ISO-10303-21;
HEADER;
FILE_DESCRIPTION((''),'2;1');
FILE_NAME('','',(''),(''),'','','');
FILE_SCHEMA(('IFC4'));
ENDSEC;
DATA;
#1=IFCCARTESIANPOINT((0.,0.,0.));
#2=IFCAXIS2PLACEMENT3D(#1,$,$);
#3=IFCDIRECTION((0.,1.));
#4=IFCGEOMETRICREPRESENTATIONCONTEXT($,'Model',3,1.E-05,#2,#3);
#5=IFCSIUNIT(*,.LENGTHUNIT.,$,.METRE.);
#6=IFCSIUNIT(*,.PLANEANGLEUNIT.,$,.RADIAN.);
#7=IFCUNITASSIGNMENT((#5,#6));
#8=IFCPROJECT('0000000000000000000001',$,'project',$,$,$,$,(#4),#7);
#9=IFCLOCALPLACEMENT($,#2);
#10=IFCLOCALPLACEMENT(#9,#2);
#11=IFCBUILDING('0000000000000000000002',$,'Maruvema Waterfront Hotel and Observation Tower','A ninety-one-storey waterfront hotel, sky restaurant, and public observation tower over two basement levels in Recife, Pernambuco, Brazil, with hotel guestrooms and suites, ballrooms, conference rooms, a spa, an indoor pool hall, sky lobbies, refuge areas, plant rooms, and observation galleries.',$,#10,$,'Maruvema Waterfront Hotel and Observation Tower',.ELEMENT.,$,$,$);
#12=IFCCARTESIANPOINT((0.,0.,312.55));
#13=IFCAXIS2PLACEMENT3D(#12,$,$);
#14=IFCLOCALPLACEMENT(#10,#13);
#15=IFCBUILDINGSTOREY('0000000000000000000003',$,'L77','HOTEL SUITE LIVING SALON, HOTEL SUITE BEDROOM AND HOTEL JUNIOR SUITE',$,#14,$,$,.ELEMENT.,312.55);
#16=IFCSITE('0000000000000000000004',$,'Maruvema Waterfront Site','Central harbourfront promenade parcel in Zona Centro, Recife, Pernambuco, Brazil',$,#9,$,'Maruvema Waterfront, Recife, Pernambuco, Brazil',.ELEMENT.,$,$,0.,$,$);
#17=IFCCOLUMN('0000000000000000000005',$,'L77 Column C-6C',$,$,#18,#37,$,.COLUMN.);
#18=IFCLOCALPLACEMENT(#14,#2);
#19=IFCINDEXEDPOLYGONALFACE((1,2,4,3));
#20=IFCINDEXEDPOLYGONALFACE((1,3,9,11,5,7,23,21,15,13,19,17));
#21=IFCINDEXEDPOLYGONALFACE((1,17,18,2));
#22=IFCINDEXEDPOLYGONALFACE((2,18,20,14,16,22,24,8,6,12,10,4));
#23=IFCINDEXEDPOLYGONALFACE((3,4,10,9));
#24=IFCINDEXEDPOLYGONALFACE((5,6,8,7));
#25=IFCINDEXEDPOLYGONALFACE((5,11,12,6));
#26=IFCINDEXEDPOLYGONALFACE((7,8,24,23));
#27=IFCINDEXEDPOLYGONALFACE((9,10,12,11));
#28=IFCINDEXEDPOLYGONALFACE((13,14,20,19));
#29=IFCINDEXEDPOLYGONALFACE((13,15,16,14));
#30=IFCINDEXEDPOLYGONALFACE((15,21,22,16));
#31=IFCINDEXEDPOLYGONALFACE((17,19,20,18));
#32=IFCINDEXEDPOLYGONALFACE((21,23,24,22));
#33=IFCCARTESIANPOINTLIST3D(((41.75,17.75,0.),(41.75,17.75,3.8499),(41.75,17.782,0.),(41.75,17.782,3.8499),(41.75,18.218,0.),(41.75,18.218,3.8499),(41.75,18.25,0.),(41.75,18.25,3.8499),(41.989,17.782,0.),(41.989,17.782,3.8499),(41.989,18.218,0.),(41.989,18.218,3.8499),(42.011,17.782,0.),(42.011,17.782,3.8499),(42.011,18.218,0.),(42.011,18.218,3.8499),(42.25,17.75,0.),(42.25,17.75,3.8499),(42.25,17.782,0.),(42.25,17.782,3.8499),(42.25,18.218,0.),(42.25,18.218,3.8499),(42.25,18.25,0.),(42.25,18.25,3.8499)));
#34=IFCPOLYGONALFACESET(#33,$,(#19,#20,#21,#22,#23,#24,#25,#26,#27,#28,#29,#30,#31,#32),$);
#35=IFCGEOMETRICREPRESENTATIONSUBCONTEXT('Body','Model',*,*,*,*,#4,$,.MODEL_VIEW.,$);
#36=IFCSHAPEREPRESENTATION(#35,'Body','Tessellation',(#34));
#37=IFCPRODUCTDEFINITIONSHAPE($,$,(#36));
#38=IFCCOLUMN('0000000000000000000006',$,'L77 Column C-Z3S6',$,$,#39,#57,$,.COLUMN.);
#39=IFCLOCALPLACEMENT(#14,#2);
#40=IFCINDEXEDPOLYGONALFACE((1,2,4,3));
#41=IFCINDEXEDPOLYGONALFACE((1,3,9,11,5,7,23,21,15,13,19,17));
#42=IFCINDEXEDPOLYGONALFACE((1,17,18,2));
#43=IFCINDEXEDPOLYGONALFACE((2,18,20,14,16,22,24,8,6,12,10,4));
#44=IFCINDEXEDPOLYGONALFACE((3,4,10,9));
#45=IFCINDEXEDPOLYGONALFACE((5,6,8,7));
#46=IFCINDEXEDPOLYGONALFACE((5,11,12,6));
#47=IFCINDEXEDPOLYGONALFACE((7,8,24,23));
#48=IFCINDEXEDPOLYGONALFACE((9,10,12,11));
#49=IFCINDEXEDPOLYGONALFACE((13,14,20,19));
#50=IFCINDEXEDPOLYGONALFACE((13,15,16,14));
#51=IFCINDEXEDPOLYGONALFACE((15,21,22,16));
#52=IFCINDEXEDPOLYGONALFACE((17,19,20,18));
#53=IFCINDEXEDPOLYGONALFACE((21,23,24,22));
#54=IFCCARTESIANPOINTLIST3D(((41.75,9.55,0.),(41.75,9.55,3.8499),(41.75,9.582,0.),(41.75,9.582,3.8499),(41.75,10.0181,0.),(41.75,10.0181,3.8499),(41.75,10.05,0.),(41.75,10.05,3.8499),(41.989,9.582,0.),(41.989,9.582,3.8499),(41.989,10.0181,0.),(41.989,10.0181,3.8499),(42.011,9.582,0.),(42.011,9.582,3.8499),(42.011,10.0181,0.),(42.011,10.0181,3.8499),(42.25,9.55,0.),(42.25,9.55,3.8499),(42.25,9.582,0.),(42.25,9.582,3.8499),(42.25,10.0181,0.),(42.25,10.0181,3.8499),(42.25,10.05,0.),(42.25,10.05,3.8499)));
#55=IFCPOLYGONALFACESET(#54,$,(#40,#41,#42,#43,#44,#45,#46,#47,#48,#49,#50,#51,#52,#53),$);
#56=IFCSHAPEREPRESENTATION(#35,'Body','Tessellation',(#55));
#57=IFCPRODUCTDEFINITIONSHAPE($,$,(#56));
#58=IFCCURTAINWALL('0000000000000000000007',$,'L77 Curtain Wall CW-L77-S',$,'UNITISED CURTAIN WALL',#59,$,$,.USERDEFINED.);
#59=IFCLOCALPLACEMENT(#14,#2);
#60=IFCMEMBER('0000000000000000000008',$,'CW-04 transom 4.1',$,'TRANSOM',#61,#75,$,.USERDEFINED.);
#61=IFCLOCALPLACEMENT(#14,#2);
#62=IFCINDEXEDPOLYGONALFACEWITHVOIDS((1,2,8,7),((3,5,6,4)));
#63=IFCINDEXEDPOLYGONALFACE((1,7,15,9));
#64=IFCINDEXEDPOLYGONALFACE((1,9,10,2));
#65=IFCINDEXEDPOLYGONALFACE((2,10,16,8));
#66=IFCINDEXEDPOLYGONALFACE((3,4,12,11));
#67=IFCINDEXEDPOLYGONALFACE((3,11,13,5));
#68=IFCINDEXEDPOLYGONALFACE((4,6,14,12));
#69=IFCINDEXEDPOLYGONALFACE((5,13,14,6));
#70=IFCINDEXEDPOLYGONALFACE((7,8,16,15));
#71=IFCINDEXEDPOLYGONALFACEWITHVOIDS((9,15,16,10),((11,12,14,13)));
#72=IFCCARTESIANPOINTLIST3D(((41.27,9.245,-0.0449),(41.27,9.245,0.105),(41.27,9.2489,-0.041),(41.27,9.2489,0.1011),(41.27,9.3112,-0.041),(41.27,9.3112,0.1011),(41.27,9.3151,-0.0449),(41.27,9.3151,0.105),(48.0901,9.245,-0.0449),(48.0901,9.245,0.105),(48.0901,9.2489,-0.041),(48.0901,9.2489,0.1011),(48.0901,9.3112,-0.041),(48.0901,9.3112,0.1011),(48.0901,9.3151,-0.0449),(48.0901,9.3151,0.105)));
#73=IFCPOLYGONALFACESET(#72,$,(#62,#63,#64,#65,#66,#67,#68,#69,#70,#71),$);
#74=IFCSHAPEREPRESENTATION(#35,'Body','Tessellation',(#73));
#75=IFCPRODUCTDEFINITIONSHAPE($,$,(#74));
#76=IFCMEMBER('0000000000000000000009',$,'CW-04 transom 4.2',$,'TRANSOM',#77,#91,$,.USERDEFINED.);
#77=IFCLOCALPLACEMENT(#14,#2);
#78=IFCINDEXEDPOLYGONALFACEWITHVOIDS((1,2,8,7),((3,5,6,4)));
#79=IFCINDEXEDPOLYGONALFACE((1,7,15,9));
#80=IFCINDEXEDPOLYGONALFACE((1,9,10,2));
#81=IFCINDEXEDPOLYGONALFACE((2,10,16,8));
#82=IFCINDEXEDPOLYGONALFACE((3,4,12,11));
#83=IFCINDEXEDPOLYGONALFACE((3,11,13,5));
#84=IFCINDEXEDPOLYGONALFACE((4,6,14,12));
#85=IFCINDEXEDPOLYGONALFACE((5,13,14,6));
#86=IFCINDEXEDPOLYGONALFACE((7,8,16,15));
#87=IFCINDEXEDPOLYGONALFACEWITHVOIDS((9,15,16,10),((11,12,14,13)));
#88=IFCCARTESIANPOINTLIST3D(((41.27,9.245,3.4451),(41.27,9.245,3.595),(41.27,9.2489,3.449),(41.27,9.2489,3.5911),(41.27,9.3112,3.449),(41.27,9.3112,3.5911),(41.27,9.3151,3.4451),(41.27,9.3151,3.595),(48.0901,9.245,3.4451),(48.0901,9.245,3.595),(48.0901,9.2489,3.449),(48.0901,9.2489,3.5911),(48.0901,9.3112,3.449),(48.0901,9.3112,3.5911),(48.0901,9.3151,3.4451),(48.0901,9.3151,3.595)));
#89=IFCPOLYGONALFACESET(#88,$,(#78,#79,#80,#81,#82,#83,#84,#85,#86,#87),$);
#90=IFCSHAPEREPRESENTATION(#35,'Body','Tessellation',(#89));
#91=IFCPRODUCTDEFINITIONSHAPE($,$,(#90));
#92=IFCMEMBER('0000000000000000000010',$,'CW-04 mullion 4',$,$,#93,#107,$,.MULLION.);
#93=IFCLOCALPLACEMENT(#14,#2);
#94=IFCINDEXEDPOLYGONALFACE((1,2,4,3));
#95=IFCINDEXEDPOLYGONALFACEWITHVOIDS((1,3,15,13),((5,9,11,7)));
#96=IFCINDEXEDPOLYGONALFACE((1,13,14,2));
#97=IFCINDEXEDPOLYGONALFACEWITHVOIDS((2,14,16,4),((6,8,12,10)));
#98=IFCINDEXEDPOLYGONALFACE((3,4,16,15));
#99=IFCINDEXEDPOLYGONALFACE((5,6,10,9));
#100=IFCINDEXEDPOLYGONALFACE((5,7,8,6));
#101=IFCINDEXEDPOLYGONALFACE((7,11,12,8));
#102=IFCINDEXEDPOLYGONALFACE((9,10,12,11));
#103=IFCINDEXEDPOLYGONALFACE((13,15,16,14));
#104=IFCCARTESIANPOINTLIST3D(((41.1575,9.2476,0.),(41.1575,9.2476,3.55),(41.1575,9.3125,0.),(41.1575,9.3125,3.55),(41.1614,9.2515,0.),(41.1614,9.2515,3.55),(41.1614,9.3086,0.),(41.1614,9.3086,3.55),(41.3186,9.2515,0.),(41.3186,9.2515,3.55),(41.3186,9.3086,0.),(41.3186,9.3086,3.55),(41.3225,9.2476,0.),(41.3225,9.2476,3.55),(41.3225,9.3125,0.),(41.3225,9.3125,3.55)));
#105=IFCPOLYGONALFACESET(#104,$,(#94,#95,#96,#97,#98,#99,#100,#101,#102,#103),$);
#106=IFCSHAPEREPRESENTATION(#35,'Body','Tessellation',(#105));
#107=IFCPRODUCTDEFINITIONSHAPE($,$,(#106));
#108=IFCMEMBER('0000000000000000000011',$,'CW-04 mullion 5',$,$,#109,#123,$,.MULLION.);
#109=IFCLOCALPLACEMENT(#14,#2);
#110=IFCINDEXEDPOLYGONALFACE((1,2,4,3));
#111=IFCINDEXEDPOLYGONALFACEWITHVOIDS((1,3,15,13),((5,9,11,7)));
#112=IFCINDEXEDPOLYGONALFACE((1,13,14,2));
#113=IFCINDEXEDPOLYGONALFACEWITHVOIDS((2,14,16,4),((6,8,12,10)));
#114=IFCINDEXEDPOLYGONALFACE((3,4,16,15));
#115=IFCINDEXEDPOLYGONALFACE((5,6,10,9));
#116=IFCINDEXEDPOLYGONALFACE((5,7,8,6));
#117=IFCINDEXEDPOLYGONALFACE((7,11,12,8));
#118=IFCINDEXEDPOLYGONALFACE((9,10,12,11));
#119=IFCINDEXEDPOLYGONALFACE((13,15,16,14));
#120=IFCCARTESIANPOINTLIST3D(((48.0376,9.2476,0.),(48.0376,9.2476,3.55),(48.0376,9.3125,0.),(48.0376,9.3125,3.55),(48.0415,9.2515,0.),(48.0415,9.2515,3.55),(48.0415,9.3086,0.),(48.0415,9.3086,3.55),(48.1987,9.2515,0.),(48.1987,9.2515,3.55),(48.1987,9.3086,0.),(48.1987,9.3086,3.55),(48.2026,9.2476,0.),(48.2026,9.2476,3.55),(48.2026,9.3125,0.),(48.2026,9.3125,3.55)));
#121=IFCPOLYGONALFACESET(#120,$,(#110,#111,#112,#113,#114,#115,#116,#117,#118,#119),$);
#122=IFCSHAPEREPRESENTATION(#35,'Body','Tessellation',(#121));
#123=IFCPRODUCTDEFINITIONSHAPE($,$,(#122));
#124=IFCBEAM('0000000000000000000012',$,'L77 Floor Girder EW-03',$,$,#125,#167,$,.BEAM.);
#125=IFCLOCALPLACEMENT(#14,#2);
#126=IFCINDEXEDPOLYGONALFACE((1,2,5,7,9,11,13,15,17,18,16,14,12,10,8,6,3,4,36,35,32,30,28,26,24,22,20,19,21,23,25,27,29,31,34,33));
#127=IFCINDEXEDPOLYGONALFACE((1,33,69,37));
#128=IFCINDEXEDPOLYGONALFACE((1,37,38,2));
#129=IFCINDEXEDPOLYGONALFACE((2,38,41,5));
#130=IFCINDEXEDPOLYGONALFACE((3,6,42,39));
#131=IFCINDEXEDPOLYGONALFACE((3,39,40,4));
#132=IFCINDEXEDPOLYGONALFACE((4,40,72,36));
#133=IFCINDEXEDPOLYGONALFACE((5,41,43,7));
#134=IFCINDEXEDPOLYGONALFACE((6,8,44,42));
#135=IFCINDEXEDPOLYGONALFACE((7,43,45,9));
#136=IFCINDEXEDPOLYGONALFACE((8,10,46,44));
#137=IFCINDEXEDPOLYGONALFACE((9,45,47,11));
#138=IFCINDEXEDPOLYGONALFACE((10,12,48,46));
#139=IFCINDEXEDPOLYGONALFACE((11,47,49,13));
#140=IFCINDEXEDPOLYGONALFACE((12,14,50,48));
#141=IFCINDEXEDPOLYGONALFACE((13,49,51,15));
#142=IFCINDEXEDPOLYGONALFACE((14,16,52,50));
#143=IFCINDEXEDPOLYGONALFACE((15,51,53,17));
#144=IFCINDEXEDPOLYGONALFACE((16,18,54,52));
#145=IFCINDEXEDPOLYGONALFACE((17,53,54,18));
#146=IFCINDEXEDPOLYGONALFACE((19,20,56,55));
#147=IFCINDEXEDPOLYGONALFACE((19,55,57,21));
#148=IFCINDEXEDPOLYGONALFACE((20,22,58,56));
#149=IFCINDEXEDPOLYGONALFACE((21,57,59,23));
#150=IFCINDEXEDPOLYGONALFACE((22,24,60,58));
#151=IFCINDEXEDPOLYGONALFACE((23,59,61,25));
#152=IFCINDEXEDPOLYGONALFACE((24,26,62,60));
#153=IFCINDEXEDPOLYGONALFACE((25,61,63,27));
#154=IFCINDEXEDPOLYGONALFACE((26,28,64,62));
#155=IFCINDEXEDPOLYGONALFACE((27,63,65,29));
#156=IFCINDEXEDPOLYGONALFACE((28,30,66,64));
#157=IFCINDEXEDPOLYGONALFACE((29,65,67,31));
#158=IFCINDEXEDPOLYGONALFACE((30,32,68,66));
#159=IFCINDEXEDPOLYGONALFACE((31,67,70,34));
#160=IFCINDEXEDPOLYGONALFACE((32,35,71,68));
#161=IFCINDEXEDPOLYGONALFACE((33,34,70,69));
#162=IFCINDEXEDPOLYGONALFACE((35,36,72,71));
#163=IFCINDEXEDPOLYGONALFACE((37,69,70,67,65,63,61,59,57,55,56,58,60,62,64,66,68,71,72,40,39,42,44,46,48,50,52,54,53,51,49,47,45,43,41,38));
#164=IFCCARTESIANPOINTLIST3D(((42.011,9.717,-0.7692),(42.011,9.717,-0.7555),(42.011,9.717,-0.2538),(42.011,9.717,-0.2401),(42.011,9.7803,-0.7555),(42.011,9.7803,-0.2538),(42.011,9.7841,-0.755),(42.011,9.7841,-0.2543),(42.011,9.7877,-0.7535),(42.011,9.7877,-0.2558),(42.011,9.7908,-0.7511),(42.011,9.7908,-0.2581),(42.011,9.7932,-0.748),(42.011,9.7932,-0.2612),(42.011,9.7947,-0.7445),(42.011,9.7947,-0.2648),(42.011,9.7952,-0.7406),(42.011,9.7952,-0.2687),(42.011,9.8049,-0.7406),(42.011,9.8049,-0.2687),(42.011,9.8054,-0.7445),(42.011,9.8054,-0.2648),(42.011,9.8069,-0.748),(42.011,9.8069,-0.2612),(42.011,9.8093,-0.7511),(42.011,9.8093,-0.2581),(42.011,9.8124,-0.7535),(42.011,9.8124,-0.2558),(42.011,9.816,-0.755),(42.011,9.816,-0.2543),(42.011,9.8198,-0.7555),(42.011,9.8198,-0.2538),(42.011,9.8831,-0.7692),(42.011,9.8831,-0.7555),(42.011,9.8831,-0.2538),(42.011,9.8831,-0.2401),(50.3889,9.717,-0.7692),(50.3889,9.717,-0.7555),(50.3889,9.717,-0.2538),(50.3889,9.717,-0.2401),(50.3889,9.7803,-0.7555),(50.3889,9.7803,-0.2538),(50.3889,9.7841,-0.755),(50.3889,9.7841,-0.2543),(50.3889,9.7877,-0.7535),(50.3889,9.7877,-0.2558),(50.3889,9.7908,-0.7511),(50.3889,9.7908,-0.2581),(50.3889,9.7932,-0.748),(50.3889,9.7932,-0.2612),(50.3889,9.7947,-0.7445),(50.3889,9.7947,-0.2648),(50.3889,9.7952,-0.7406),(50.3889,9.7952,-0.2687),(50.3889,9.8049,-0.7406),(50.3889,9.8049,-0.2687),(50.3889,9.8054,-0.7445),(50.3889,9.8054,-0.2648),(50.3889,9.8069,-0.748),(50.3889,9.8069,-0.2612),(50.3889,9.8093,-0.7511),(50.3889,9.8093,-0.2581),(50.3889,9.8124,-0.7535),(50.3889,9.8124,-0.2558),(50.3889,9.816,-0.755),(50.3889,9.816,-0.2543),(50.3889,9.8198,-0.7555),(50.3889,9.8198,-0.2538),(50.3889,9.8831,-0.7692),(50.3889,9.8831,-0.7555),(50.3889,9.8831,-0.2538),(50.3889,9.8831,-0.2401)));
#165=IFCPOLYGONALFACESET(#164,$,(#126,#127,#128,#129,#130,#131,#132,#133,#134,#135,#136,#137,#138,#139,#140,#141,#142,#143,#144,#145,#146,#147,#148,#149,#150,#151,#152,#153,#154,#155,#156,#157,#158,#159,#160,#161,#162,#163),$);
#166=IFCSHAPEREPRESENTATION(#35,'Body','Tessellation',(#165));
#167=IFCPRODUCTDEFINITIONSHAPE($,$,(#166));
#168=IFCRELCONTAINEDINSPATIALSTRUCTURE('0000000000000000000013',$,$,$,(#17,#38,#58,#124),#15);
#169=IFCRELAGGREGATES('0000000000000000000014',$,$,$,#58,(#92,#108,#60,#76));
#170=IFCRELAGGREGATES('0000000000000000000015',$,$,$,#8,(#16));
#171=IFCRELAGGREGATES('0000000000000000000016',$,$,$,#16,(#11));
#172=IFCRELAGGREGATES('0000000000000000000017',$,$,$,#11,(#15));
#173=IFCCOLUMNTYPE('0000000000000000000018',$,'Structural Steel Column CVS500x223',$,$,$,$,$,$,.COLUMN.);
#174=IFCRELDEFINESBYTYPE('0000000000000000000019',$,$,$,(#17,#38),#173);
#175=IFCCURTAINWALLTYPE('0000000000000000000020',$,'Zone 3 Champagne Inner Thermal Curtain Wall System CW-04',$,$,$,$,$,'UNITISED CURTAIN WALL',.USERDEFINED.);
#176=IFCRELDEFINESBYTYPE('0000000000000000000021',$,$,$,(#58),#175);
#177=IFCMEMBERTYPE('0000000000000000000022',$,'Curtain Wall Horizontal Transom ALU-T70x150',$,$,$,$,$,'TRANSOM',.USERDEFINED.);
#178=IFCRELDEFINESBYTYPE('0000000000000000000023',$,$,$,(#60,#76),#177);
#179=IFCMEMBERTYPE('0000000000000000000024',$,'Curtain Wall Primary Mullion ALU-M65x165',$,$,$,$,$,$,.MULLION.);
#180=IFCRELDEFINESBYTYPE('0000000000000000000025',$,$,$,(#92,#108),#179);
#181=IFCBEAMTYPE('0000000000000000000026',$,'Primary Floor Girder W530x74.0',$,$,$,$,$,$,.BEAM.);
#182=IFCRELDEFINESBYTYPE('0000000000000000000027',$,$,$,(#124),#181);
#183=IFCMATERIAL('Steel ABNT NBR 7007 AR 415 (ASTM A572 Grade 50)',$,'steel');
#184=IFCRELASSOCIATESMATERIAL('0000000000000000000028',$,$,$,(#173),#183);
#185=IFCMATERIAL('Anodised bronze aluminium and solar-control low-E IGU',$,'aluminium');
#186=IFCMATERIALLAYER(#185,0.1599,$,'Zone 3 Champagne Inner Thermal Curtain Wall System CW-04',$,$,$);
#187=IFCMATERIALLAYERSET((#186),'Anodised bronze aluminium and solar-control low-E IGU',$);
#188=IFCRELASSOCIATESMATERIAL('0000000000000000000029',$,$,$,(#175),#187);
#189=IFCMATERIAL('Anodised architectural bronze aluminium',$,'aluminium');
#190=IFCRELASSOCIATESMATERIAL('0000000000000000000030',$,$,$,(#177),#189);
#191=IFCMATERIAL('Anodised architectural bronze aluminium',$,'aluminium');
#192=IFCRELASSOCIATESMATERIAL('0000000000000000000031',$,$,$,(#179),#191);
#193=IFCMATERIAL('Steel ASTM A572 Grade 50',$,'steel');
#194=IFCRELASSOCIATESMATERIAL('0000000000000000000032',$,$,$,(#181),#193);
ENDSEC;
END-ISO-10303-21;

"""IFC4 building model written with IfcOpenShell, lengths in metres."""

from ifc_helpers import new_model, si_unit, direction, frame, origin, origin_2d, place, context, subcontext, project, spatial, hollow_rectangle, i_section, extrude, material, layer, layer_set, material_profile, profile_set, type_object, element, aggregate, save


model = new_model("IFC4")

# Units and contexts
model_context = context("Model", 3, precision=1e-05, world=origin(), true_north=direction((0.0, 1.0)))
body_context = subcontext(model_context, "Body", "Model", "MODEL_VIEW")
ifc_project = project(units=[si_unit("LENGTHUNIT", "METRE"), si_unit("PLANEANGLEUNIT", "RADIAN")], contexts=[model_context])

# Site, building, storey
site_placement = place(None, origin())
site = spatial("IfcSite", under=ifc_project, at=site_placement, Name="Maruvema Waterfront Site", Description="Central harbourfront promenade parcel in Zona Centro, Recife, Pernambuco, Brazil", LongName="Maruvema Waterfront, Recife, Pernambuco, Brazil", CompositionType="ELEMENT", RefElevation=0.0)
building_placement = place(site_placement, origin())
building = spatial("IfcBuilding", under=site, at=building_placement, Name="Maruvema Waterfront Hotel and Observation Tower", Description="A ninety-one-storey waterfront hotel, sky restaurant, and public observation tower over two basement levels in Recife, Pernambuco, Brazil, with hotel guestrooms and suites, ballrooms, conference rooms, a spa, an indoor pool hall, sky lobbies, refuge areas, plant rooms, and observation galleries.", LongName="Maruvema Waterfront Hotel and Observation Tower", CompositionType="ELEMENT")
storey_placement = place(building_placement, frame((0.0, 0.0, 312.55)))
storey = spatial("IfcBuildingStorey", under=building, at=storey_placement, Name="L77", Description="HOTEL SUITE LIVING SALON, HOTEL SUITE BEDROOM AND HOTEL JUNIOR SUITE", CompositionType="ELEMENT", Elevation=312.55)

# Columns
ifc_material_1 = material(Name="Steel ABNT NBR 7007 AR 415 (ASTM A572 Grade 50)", Category="steel")
ifc_material_profile_1 = material_profile(ifc_material_1, i_section(OverallWidth=0.5, OverallDepth=0.5, WebThickness=0.022, FlangeThickness=0.032, at=origin_2d()), Name="CVS500x223")
ifc_profile_set_1 = profile_set([ifc_material_profile_1], Name="Steel ABNT NBR 7007 AR 415 (ASTM A572 Grade 50)")
column_type = type_object("IfcColumnType", Name="Structural Steel Column CVS500x223", PredefinedType="COLUMN", material=ifc_profile_set_1)
for number, where, z_axis, x_axis, name in (
    (1, (42.0, 18.0, 0.0), (0.0, 0.0, 1.0), (1.0, 0.0, 0.0), "L77 Column C-6C"),
    (2, (42.0, 9.8, 0.0), (0.0, 0.0, 1.0), (1.0, 0.0, 0.0), "L77 Column C-Z3S6"),
):
    element("IfcColumn", number, at=place(storey_placement, frame(where, z_axis=z_axis, x_axis=x_axis)), inside=storey, type_object=column_type, Name=name, PredefinedType="COLUMN", context=body_context, shape_type="SweptSolid", body=[
        extrude(i_section(OverallWidth=0.5, OverallDepth=0.5, WebThickness=0.022, FlangeThickness=0.032, at=origin_2d()), origin(), (0.0, 0.0, 1.0), 3.8499),
    ])

# Curtain wall, members
ifc_material_2 = material(Name="Anodised bronze aluminium and solar-control low-E IGU", Category="aluminium")
ifc_layer_1 = layer(ifc_material_2, 0.1599, Name="Zone 3 Champagne Inner Thermal Curtain Wall System CW-04")
ifc_layer_set_1 = layer_set([ifc_layer_1], Name="Anodised bronze aluminium and solar-control low-E IGU")
curtain_wall_type = type_object("IfcCurtainWallType", Name="Zone 3 Champagne Inner Thermal Curtain Wall System CW-04", ElementType="UNITISED CURTAIN WALL", PredefinedType="USERDEFINED", material=ifc_layer_set_1)
curtain_wall_placement = place(storey_placement, origin())
curtain_wall = element("IfcCurtainWall", 3, at=curtain_wall_placement, inside=storey, type_object=curtain_wall_type, Name="L77 Curtain Wall CW-L77-S", ObjectType="UNITISED CURTAIN WALL", PredefinedType="USERDEFINED")
ifc_material_3 = material(Name="Anodised architectural bronze aluminium", Category="aluminium")
ifc_material_profile_2 = material_profile(ifc_material_3, hollow_rectangle(XDim=0.0701, YDim=0.1499, WallThickness=0.0039, at=origin_2d()), Name="ALU-T70x150")
ifc_profile_set_2 = profile_set([ifc_material_profile_2], Name="Anodised architectural bronze aluminium")
member_type_1 = type_object("IfcMemberType", Name="Curtain Wall Horizontal Transom ALU-T70x150", ElementType="TRANSOM", PredefinedType="USERDEFINED", material=ifc_profile_set_2)
member_1_placement = place(storey_placement, frame((41.27, 9.28, 0.03), z_axis=(1.0, 0.0, 0.0), x_axis=(0.0, 1.0, 0.0)))
member_1 = element("IfcMember", 4, at=member_1_placement, type_object=member_type_1, Name="CW-04 transom 4.1", ObjectType="TRANSOM", PredefinedType="USERDEFINED", context=body_context, shape_type="SweptSolid", body=[
    extrude(hollow_rectangle(XDim=0.0701, YDim=0.1499, WallThickness=0.0039, at=origin_2d()), origin(), (0.0, 0.0, 1.0), 6.8201),
])
member_2_placement = place(storey_placement, frame((41.27, 9.28, 3.52), z_axis=(1.0, 0.0, 0.0), x_axis=(0.0, 1.0, 0.0)))
member_2 = element("IfcMember", 5, at=member_2_placement, type_object=member_type_1, Name="CW-04 transom 4.2", ObjectType="TRANSOM", PredefinedType="USERDEFINED", context=body_context, shape_type="SweptSolid", body=[
    extrude(hollow_rectangle(XDim=0.0701, YDim=0.1499, WallThickness=0.0039, at=origin_2d()), origin(), (0.0, 0.0, 1.0), 6.8201),
])
ifc_material_4 = material(Name="Anodised architectural bronze aluminium", Category="aluminium")
ifc_material_profile_3 = material_profile(ifc_material_4, hollow_rectangle(XDim=0.0649, YDim=0.165, WallThickness=0.0039, at=origin_2d()), Name="ALU-M65x165")
ifc_profile_set_3 = profile_set([ifc_material_profile_3], Name="Anodised architectural bronze aluminium")
member_type_2 = type_object("IfcMemberType", Name="Curtain Wall Primary Mullion ALU-M65x165", PredefinedType="MULLION", material=ifc_profile_set_3)
member_3_placement = place(storey_placement, frame((41.24, 9.28, 0.0), z_axis=(0.0, 0.0, 1.0), x_axis=(0.0, 1.0, 0.0)))
member_3 = element("IfcMember", 6, at=member_3_placement, type_object=member_type_2, Name="CW-04 mullion 4", PredefinedType="MULLION", context=body_context, shape_type="SweptSolid", body=[
    extrude(hollow_rectangle(XDim=0.0649, YDim=0.165, WallThickness=0.0039, at=origin_2d()), origin(), (0.0, 0.0, 1.0), 3.55),
])
member_4_placement = place(storey_placement, frame((48.1201, 9.28, 0.0), z_axis=(0.0, 0.0, 1.0), x_axis=(0.0, 1.0, 0.0)))
member_4 = element("IfcMember", 7, at=member_4_placement, type_object=member_type_2, Name="CW-04 mullion 5", PredefinedType="MULLION", context=body_context, shape_type="SweptSolid", body=[
    extrude(hollow_rectangle(XDim=0.0649, YDim=0.165, WallThickness=0.0039, at=origin_2d()), origin(), (0.0, 0.0, 1.0), 3.55),
])

# Beam
ifc_material_5 = material(Name="Steel ASTM A572 Grade 50", Category="steel")
ifc_material_profile_4 = material_profile(ifc_material_5, i_section(OverallWidth=0.166, OverallDepth=0.5291, WebThickness=0.0098, FlangeThickness=0.0137, FilletRadius=0.0149, at=origin_2d()), Name="W530x74.0")
ifc_profile_set_4 = profile_set([ifc_material_profile_4], Name="Steel ASTM A572 Grade 50")
beam_type_1 = type_object("IfcBeamType", Name="Primary Floor Girder W530x74.0", PredefinedType="BEAM", material=ifc_profile_set_4)
beam_1_placement = place(storey_placement, frame((42.011, 9.8, -0.5046), z_axis=(1.0, 0.0, 0.0), x_axis=(0.0, 1.0, 0.0)))
element("IfcBeam", 8, at=beam_1_placement, inside=storey, type_object=beam_type_1, Name="L77 Floor Girder EW-03", PredefinedType="BEAM", context=body_context, shape_type="SweptSolid", body=[
    extrude(i_section(OverallWidth=0.166, OverallDepth=0.5291, WebThickness=0.0098, FlangeThickness=0.0137, FilletRadius=0.0149, at=origin_2d()), origin(), (0.0, 0.0, 1.0), 8.3779),
])

aggregate(curtain_wall, [member_3, member_4, member_1, member_2])

save(model, "model.ifc")
